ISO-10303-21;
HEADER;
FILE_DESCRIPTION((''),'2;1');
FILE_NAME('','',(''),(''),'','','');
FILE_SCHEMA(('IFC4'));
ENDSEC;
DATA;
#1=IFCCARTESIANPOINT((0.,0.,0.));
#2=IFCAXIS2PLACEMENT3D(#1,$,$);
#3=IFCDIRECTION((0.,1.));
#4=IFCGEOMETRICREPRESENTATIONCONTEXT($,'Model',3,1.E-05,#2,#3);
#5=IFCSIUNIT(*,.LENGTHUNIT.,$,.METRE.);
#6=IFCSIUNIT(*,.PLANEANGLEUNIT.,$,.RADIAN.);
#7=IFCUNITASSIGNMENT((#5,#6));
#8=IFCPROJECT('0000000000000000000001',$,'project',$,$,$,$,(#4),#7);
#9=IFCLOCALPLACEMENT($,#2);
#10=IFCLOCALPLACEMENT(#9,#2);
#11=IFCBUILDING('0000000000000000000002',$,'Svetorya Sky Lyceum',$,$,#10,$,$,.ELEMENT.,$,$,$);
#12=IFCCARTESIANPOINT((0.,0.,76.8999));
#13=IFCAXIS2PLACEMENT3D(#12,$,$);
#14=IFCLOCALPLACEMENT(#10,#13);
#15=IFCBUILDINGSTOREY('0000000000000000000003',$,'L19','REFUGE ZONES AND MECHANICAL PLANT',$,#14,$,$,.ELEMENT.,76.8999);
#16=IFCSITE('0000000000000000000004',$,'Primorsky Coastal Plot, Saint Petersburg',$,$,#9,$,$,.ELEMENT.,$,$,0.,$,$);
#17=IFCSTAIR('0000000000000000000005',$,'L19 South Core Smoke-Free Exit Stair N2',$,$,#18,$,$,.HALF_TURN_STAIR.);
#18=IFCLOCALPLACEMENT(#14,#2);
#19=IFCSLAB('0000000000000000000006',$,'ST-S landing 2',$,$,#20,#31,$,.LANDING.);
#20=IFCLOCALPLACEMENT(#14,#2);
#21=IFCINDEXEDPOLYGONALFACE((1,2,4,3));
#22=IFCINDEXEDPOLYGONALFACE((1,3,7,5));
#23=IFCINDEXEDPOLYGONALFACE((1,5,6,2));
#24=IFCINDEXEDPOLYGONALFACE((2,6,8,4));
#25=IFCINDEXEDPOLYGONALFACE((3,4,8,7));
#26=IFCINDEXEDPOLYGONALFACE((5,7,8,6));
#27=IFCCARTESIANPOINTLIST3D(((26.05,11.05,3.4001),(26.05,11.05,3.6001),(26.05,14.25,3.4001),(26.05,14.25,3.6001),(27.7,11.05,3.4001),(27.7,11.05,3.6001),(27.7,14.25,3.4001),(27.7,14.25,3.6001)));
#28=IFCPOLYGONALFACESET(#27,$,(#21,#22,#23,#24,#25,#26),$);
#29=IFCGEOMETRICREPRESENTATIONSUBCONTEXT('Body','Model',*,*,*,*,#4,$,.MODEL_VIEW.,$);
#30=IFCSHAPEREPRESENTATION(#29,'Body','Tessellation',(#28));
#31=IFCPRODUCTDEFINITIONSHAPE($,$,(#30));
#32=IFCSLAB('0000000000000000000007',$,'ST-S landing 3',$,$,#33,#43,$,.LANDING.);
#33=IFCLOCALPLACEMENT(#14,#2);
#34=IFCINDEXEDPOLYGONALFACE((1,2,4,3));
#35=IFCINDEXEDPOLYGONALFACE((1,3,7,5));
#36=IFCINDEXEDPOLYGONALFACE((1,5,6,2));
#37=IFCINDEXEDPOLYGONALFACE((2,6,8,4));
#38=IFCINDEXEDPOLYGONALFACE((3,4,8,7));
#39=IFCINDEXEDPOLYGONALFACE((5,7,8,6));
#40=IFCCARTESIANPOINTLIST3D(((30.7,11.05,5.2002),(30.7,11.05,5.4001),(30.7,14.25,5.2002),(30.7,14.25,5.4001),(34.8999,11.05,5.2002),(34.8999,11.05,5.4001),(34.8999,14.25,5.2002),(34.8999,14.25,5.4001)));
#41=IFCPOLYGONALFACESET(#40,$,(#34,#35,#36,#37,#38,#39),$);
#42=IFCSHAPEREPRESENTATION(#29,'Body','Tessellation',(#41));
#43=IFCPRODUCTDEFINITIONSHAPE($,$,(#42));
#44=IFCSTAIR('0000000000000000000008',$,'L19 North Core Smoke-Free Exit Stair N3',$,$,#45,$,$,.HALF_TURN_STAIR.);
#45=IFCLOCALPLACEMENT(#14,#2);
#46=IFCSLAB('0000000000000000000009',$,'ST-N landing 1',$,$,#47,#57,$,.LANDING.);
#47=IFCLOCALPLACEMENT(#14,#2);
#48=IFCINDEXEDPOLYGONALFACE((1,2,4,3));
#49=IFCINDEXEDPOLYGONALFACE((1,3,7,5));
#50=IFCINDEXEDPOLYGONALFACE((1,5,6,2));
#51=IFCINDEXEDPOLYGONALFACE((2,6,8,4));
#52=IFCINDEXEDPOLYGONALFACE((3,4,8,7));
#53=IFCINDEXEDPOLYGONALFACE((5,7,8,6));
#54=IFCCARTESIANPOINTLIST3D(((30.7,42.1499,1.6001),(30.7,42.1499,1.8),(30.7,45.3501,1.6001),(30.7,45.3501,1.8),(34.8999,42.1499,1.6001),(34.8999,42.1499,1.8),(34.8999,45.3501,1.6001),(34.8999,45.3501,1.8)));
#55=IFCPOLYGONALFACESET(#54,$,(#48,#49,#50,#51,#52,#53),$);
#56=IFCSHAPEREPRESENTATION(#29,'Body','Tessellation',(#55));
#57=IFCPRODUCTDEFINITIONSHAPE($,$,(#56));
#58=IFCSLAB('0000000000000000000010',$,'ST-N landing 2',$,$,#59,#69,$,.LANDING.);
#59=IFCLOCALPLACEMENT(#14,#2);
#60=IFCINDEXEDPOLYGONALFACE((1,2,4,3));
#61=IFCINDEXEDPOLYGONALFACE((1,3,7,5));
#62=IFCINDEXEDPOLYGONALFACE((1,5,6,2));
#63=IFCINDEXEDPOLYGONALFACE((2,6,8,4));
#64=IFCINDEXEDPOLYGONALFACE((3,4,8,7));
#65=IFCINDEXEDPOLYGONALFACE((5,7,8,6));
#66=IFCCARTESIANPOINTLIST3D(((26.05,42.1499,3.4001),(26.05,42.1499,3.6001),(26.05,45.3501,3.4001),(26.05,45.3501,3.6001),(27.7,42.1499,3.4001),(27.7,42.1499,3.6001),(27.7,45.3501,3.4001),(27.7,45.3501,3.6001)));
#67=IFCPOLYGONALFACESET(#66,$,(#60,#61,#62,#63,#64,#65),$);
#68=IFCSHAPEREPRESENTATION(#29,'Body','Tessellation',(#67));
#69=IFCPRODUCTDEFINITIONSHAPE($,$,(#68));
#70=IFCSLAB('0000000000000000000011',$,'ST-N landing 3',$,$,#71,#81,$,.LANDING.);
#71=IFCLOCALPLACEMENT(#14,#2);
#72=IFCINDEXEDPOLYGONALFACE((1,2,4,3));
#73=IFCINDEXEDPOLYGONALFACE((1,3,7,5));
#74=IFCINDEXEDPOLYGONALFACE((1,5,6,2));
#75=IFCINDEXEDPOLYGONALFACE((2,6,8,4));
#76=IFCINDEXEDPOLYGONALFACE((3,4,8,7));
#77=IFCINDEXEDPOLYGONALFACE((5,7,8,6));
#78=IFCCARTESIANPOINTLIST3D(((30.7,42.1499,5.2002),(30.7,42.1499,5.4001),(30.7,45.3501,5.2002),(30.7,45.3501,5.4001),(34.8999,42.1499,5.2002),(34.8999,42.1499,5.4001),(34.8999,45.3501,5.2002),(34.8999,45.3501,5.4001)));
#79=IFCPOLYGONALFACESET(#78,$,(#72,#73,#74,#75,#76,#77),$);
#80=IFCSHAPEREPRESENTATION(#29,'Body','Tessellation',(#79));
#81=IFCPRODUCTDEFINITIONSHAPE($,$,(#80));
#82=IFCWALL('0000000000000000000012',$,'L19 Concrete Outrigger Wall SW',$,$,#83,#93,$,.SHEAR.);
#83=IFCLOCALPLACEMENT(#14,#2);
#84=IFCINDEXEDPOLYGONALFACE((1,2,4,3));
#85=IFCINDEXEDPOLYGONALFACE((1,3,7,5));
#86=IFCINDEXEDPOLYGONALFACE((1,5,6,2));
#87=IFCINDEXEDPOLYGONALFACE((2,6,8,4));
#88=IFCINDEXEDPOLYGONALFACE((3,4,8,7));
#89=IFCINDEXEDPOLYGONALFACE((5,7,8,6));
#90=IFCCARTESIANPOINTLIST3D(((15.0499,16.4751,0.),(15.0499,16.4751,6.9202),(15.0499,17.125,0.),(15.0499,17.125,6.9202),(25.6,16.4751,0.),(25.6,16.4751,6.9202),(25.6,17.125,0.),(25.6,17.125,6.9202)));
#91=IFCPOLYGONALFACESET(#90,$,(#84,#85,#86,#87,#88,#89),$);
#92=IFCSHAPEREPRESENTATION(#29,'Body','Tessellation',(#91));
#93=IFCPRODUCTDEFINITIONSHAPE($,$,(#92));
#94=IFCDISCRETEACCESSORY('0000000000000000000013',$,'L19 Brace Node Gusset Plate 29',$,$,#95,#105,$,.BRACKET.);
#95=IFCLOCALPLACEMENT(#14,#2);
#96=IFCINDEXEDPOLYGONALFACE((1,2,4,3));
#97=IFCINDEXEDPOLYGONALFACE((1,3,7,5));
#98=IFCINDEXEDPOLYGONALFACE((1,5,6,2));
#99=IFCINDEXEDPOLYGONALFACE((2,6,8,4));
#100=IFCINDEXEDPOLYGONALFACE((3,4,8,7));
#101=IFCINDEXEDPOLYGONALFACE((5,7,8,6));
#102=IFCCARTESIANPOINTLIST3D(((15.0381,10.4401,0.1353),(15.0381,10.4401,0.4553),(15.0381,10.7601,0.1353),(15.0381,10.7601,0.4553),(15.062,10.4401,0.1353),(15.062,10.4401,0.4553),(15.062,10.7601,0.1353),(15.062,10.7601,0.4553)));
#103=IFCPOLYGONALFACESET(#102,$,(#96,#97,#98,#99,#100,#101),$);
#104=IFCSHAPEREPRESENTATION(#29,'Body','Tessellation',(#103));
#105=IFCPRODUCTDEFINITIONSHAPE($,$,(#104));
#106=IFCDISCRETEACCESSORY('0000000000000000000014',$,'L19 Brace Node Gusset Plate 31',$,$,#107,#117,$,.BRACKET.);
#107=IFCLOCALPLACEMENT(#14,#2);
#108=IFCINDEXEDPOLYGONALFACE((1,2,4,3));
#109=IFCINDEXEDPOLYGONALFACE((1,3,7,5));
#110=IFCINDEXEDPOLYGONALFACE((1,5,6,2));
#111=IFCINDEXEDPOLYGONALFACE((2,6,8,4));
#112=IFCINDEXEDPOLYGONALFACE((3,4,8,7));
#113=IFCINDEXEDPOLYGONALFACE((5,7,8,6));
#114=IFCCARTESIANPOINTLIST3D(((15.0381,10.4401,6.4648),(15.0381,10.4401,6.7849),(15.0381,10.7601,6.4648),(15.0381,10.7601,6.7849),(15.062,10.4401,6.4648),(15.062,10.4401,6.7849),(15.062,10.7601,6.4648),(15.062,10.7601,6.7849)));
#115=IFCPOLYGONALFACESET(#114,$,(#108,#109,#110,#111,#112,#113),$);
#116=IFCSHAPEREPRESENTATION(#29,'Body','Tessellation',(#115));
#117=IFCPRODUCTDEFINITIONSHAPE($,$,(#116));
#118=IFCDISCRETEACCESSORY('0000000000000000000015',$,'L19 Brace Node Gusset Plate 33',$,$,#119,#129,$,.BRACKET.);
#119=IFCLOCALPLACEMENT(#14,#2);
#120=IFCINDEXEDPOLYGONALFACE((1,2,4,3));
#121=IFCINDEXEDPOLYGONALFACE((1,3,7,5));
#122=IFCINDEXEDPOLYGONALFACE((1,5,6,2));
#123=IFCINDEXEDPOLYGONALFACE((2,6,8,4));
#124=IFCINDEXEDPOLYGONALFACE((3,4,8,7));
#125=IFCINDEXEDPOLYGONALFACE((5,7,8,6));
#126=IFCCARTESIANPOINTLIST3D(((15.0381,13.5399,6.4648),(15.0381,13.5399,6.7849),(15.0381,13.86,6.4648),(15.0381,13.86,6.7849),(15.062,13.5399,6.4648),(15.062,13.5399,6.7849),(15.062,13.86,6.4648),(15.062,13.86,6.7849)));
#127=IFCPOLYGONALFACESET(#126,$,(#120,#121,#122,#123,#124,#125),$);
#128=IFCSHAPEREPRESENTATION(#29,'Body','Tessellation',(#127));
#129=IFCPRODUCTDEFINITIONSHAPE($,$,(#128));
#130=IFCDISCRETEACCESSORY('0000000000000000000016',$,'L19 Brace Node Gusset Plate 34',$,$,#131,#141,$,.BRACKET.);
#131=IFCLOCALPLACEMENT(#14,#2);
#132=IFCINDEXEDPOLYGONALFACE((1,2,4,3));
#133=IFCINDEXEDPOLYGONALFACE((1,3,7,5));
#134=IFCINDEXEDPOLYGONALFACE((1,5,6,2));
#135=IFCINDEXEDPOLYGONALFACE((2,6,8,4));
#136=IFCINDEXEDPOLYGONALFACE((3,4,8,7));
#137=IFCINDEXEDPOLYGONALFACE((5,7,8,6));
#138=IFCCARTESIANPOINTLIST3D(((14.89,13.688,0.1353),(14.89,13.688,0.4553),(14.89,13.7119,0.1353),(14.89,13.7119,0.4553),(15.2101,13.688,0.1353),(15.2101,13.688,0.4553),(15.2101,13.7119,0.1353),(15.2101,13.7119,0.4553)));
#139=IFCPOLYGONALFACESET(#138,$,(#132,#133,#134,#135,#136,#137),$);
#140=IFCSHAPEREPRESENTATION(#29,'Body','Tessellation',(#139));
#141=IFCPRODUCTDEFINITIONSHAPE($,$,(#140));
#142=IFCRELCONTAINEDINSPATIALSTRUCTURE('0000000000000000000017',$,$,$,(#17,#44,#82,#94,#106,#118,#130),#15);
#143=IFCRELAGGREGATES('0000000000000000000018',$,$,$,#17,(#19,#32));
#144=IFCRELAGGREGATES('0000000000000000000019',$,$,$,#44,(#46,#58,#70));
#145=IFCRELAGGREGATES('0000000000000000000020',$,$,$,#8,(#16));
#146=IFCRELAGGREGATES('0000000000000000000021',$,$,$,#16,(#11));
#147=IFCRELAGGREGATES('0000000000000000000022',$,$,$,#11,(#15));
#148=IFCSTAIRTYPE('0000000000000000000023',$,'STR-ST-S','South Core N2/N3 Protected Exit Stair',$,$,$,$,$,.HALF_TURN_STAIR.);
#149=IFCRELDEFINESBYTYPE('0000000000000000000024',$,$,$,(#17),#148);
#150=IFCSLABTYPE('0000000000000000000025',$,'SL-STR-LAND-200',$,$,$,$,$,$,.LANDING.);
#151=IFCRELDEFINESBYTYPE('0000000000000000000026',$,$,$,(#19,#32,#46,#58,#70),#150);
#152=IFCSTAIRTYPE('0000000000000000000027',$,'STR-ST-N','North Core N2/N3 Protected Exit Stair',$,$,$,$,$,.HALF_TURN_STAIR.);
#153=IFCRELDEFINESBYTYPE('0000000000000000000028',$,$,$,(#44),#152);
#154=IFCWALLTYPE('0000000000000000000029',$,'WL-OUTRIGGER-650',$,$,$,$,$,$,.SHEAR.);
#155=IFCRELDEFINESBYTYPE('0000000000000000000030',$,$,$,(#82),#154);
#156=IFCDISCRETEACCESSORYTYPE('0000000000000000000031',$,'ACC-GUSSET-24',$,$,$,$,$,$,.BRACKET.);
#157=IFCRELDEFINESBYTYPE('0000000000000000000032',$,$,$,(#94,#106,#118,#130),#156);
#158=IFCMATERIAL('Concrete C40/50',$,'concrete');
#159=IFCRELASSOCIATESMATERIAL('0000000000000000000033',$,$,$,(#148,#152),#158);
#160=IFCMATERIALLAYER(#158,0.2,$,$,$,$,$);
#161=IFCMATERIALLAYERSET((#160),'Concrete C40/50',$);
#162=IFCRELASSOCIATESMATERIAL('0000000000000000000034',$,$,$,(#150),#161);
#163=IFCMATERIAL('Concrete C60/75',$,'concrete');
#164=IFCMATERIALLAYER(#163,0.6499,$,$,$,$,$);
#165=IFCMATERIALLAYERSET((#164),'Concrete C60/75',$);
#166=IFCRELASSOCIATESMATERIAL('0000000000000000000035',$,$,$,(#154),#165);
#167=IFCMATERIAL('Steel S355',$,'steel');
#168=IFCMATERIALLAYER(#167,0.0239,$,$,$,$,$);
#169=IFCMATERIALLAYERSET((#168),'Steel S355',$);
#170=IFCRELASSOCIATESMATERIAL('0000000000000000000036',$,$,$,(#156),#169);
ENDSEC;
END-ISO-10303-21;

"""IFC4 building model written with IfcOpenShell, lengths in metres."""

from ifc_helpers import new_model, si_unit, direction, frame, frame_2d, origin, origin_2d, place, context, subcontext, project, spatial, polyline, rectangle, outline, extrude, material, layer, layer_set, type_object, element, aggregate, save


model = new_model("IFC4")

# Units and contexts
model_context = context("Model", 3, precision=1e-05, world=origin(), true_north=direction((0.0, 1.0)))
body_context = subcontext(model_context, "Body", "Model", "MODEL_VIEW")
ifc_project = project(units=[si_unit("LENGTHUNIT", "METRE"), si_unit("PLANEANGLEUNIT", "RADIAN")], contexts=[model_context])

# Site, building, storey
site_placement = place(None, origin())
site = spatial("IfcSite", under=ifc_project, at=site_placement, Name="Primorsky Coastal Plot, Saint Petersburg", CompositionType="ELEMENT", RefElevation=0.0)
building_placement = place(site_placement, origin())
building = spatial("IfcBuilding", under=site, at=building_placement, Name="Svetorya Sky Lyceum", CompositionType="ELEMENT")
storey_placement = place(building_placement, frame((0.0, 0.0, 76.8999)))
storey = spatial("IfcBuildingStorey", under=building, at=storey_placement, Name="L19", Description="REFUGE ZONES AND MECHANICAL PLANT", CompositionType="ELEMENT", Elevation=76.8999)

# Shared definitions
ifc_material_1 = material(Name="Concrete C60/75", Category="concrete")

# Shared definitions
ifc_material_2 = material(Name="Steel S355", Category="steel")

# Stairs, slabs
ifc_material_3 = material(Name="Concrete C40/50", Category="concrete")
stair_type_1 = type_object("IfcStairType", Name="STR-ST-S", Description="South Core N2/N3 Protected Exit Stair", PredefinedType="HALF_TURN_STAIR", material=ifc_material_3)
stair_1_placement = place(storey_placement, origin())
stair_1 = element("IfcStair", 1, at=stair_1_placement, inside=storey, type_object=stair_type_1, Name="L19 South Core Smoke-Free Exit Stair N2", PredefinedType="HALF_TURN_STAIR")
ifc_layer_1 = layer(ifc_material_3, 0.2)
ifc_layer_set_1 = layer_set([ifc_layer_1], Name="Concrete C40/50")
slab_type_1 = type_object("IfcSlabType", Name="SL-STR-LAND-200", PredefinedType="LANDING", material=ifc_layer_set_1)
slab_1_placement = place(storey_placement, frame((0.0, 0.0, 3.4001)))
slab_1 = element("IfcSlab", 2, at=slab_1_placement, type_object=slab_type_1, Name="ST-S landing 2", PredefinedType="LANDING", context=body_context, shape_type="SweptSolid", body=[
    extrude(outline(polyline([(26.05, 11.05), (27.7, 11.05), (27.7, 14.25), (26.05, 14.25), (26.05, 11.05)])), origin(), (0.0, 0.0, 1.0), 0.2),
])
slab_2_placement = place(storey_placement, frame((0.0, 0.0, 5.2002)))
slab_2 = element("IfcSlab", 3, at=slab_2_placement, type_object=slab_type_1, Name="ST-S landing 3", PredefinedType="LANDING", context=body_context, shape_type="SweptSolid", body=[
    extrude(outline(polyline([(30.7, 11.05), (34.8999, 11.05), (34.8999, 14.25), (30.7, 14.25), (30.7, 11.05)])), origin(), (0.0, 0.0, 1.0), 0.2),
])
aggregate(stair_1, [slab_1, slab_2])
stair_type_2 = type_object("IfcStairType", Name="STR-ST-N", Description="North Core N2/N3 Protected Exit Stair", PredefinedType="HALF_TURN_STAIR", material=ifc_material_3)
stair_2_placement = place(storey_placement, origin())
stair_2 = element("IfcStair", 4, at=stair_2_placement, inside=storey, type_object=stair_type_2, Name="L19 North Core Smoke-Free Exit Stair N3", PredefinedType="HALF_TURN_STAIR")
slab_3_placement = place(storey_placement, frame((0.0, 0.0, 1.6001)))
slab_3 = element("IfcSlab", 5, at=slab_3_placement, type_object=slab_type_1, Name="ST-N landing 1", PredefinedType="LANDING", context=body_context, shape_type="SweptSolid", body=[
    extrude(outline(polyline([(30.7, 42.1499), (34.8999, 42.1499), (34.8999, 45.3501), (30.7, 45.3501), (30.7, 42.1499)])), origin(), (0.0, 0.0, 1.0), 0.2),
])
slab_4_placement = place(storey_placement, frame((0.0, 0.0, 3.4001)))
slab_4 = element("IfcSlab", 6, at=slab_4_placement, type_object=slab_type_1, Name="ST-N landing 2", PredefinedType="LANDING", context=body_context, shape_type="SweptSolid", body=[
    extrude(outline(polyline([(26.05, 42.1499), (27.7, 42.1499), (27.7, 45.3501), (26.05, 45.3501), (26.05, 42.1499)])), origin(), (0.0, 0.0, 1.0), 0.2),
])
slab_5_placement = place(storey_placement, frame((0.0, 0.0, 5.2002)))
slab_5 = element("IfcSlab", 7, at=slab_5_placement, type_object=slab_type_1, Name="ST-N landing 3", PredefinedType="LANDING", context=body_context, shape_type="SweptSolid", body=[
    extrude(outline(polyline([(30.7, 42.1499), (34.8999, 42.1499), (34.8999, 45.3501), (30.7, 45.3501), (30.7, 42.1499)])), origin(), (0.0, 0.0, 1.0), 0.2),
])
aggregate(stair_2, [slab_3, slab_4, slab_5])

# Wall
ifc_layer_2 = layer(ifc_material_1, 0.6499)
ifc_layer_set_2 = layer_set([ifc_layer_2], Name="Concrete C60/75")
wall_type = type_object("IfcWallType", Name="WL-OUTRIGGER-650", PredefinedType="SHEAR", material=ifc_layer_set_2)
wall_placement = place(storey_placement, frame((15.05, 16.8, 0.0), z_axis=(0.0, 0.0, 1.0), x_axis=(1.0, 0.0, 0.0)))
element("IfcWall", 8, at=wall_placement, inside=storey, type_object=wall_type, Name="L19 Concrete Outrigger Wall SW", PredefinedType="SHEAR", context=body_context, shape_type="SweptSolid", body=[
    extrude(rectangle(XDim=10.55, YDim=0.6499, at=frame_2d((5.2749, 0.0))), origin(), (0.0, 0.0, 1.0), 6.9202),
])

# Discrete accessories
ifc_layer_3 = layer(ifc_material_2, 0.0239)
ifc_layer_set_3 = layer_set([ifc_layer_3], Name="Steel S355")
discrete_accessory_type = type_object("IfcDiscreteAccessoryType", Name="ACC-GUSSET-24", PredefinedType="BRACKET", material=ifc_layer_set_3)
for number, where, z_axis, x_axis, name in (
    (9, (15.05, 10.6001, 0.1353), (0.0, 0.0, 1.0), (1.0, 0.0, 0.0), "L19 Brace Node Gusset Plate 29"),
    (10, (15.05, 10.6001, 6.4648), (0.0, 0.0, 1.0), (1.0, 0.0, 0.0), "L19 Brace Node Gusset Plate 31"),
    (11, (15.05, 13.7, 6.4648), (0.0, 0.0, 1.0), (1.0, 0.0, 0.0), "L19 Brace Node Gusset Plate 33"),
):
    element("IfcDiscreteAccessory", number, at=place(storey_placement, frame(where, z_axis=z_axis, x_axis=x_axis)), inside=storey, type_object=discrete_accessory_type, Name=name, PredefinedType="BRACKET", context=body_context, shape_type="SweptSolid", body=[
        extrude(rectangle(XDim=0.0239, YDim=0.3201, at=origin_2d()), origin(), (0.0, 0.0, 1.0), 0.3201),
    ])
discrete_accessory_placement = place(storey_placement, frame((15.05, 13.7, 0.1353), z_axis=(0.0, 0.0, 1.0), x_axis=(1.0, 0.0, 0.0)))
element("IfcDiscreteAccessory", 12, at=discrete_accessory_placement, inside=storey, type_object=discrete_accessory_type, Name="L19 Brace Node Gusset Plate 34", PredefinedType="BRACKET", context=body_context, shape_type="SweptSolid", body=[
    extrude(rectangle(XDim=0.3201, YDim=0.0239, at=origin_2d()), origin(), (0.0, 0.0, 1.0), 0.3201),
])

save(model, "model.ifc")
